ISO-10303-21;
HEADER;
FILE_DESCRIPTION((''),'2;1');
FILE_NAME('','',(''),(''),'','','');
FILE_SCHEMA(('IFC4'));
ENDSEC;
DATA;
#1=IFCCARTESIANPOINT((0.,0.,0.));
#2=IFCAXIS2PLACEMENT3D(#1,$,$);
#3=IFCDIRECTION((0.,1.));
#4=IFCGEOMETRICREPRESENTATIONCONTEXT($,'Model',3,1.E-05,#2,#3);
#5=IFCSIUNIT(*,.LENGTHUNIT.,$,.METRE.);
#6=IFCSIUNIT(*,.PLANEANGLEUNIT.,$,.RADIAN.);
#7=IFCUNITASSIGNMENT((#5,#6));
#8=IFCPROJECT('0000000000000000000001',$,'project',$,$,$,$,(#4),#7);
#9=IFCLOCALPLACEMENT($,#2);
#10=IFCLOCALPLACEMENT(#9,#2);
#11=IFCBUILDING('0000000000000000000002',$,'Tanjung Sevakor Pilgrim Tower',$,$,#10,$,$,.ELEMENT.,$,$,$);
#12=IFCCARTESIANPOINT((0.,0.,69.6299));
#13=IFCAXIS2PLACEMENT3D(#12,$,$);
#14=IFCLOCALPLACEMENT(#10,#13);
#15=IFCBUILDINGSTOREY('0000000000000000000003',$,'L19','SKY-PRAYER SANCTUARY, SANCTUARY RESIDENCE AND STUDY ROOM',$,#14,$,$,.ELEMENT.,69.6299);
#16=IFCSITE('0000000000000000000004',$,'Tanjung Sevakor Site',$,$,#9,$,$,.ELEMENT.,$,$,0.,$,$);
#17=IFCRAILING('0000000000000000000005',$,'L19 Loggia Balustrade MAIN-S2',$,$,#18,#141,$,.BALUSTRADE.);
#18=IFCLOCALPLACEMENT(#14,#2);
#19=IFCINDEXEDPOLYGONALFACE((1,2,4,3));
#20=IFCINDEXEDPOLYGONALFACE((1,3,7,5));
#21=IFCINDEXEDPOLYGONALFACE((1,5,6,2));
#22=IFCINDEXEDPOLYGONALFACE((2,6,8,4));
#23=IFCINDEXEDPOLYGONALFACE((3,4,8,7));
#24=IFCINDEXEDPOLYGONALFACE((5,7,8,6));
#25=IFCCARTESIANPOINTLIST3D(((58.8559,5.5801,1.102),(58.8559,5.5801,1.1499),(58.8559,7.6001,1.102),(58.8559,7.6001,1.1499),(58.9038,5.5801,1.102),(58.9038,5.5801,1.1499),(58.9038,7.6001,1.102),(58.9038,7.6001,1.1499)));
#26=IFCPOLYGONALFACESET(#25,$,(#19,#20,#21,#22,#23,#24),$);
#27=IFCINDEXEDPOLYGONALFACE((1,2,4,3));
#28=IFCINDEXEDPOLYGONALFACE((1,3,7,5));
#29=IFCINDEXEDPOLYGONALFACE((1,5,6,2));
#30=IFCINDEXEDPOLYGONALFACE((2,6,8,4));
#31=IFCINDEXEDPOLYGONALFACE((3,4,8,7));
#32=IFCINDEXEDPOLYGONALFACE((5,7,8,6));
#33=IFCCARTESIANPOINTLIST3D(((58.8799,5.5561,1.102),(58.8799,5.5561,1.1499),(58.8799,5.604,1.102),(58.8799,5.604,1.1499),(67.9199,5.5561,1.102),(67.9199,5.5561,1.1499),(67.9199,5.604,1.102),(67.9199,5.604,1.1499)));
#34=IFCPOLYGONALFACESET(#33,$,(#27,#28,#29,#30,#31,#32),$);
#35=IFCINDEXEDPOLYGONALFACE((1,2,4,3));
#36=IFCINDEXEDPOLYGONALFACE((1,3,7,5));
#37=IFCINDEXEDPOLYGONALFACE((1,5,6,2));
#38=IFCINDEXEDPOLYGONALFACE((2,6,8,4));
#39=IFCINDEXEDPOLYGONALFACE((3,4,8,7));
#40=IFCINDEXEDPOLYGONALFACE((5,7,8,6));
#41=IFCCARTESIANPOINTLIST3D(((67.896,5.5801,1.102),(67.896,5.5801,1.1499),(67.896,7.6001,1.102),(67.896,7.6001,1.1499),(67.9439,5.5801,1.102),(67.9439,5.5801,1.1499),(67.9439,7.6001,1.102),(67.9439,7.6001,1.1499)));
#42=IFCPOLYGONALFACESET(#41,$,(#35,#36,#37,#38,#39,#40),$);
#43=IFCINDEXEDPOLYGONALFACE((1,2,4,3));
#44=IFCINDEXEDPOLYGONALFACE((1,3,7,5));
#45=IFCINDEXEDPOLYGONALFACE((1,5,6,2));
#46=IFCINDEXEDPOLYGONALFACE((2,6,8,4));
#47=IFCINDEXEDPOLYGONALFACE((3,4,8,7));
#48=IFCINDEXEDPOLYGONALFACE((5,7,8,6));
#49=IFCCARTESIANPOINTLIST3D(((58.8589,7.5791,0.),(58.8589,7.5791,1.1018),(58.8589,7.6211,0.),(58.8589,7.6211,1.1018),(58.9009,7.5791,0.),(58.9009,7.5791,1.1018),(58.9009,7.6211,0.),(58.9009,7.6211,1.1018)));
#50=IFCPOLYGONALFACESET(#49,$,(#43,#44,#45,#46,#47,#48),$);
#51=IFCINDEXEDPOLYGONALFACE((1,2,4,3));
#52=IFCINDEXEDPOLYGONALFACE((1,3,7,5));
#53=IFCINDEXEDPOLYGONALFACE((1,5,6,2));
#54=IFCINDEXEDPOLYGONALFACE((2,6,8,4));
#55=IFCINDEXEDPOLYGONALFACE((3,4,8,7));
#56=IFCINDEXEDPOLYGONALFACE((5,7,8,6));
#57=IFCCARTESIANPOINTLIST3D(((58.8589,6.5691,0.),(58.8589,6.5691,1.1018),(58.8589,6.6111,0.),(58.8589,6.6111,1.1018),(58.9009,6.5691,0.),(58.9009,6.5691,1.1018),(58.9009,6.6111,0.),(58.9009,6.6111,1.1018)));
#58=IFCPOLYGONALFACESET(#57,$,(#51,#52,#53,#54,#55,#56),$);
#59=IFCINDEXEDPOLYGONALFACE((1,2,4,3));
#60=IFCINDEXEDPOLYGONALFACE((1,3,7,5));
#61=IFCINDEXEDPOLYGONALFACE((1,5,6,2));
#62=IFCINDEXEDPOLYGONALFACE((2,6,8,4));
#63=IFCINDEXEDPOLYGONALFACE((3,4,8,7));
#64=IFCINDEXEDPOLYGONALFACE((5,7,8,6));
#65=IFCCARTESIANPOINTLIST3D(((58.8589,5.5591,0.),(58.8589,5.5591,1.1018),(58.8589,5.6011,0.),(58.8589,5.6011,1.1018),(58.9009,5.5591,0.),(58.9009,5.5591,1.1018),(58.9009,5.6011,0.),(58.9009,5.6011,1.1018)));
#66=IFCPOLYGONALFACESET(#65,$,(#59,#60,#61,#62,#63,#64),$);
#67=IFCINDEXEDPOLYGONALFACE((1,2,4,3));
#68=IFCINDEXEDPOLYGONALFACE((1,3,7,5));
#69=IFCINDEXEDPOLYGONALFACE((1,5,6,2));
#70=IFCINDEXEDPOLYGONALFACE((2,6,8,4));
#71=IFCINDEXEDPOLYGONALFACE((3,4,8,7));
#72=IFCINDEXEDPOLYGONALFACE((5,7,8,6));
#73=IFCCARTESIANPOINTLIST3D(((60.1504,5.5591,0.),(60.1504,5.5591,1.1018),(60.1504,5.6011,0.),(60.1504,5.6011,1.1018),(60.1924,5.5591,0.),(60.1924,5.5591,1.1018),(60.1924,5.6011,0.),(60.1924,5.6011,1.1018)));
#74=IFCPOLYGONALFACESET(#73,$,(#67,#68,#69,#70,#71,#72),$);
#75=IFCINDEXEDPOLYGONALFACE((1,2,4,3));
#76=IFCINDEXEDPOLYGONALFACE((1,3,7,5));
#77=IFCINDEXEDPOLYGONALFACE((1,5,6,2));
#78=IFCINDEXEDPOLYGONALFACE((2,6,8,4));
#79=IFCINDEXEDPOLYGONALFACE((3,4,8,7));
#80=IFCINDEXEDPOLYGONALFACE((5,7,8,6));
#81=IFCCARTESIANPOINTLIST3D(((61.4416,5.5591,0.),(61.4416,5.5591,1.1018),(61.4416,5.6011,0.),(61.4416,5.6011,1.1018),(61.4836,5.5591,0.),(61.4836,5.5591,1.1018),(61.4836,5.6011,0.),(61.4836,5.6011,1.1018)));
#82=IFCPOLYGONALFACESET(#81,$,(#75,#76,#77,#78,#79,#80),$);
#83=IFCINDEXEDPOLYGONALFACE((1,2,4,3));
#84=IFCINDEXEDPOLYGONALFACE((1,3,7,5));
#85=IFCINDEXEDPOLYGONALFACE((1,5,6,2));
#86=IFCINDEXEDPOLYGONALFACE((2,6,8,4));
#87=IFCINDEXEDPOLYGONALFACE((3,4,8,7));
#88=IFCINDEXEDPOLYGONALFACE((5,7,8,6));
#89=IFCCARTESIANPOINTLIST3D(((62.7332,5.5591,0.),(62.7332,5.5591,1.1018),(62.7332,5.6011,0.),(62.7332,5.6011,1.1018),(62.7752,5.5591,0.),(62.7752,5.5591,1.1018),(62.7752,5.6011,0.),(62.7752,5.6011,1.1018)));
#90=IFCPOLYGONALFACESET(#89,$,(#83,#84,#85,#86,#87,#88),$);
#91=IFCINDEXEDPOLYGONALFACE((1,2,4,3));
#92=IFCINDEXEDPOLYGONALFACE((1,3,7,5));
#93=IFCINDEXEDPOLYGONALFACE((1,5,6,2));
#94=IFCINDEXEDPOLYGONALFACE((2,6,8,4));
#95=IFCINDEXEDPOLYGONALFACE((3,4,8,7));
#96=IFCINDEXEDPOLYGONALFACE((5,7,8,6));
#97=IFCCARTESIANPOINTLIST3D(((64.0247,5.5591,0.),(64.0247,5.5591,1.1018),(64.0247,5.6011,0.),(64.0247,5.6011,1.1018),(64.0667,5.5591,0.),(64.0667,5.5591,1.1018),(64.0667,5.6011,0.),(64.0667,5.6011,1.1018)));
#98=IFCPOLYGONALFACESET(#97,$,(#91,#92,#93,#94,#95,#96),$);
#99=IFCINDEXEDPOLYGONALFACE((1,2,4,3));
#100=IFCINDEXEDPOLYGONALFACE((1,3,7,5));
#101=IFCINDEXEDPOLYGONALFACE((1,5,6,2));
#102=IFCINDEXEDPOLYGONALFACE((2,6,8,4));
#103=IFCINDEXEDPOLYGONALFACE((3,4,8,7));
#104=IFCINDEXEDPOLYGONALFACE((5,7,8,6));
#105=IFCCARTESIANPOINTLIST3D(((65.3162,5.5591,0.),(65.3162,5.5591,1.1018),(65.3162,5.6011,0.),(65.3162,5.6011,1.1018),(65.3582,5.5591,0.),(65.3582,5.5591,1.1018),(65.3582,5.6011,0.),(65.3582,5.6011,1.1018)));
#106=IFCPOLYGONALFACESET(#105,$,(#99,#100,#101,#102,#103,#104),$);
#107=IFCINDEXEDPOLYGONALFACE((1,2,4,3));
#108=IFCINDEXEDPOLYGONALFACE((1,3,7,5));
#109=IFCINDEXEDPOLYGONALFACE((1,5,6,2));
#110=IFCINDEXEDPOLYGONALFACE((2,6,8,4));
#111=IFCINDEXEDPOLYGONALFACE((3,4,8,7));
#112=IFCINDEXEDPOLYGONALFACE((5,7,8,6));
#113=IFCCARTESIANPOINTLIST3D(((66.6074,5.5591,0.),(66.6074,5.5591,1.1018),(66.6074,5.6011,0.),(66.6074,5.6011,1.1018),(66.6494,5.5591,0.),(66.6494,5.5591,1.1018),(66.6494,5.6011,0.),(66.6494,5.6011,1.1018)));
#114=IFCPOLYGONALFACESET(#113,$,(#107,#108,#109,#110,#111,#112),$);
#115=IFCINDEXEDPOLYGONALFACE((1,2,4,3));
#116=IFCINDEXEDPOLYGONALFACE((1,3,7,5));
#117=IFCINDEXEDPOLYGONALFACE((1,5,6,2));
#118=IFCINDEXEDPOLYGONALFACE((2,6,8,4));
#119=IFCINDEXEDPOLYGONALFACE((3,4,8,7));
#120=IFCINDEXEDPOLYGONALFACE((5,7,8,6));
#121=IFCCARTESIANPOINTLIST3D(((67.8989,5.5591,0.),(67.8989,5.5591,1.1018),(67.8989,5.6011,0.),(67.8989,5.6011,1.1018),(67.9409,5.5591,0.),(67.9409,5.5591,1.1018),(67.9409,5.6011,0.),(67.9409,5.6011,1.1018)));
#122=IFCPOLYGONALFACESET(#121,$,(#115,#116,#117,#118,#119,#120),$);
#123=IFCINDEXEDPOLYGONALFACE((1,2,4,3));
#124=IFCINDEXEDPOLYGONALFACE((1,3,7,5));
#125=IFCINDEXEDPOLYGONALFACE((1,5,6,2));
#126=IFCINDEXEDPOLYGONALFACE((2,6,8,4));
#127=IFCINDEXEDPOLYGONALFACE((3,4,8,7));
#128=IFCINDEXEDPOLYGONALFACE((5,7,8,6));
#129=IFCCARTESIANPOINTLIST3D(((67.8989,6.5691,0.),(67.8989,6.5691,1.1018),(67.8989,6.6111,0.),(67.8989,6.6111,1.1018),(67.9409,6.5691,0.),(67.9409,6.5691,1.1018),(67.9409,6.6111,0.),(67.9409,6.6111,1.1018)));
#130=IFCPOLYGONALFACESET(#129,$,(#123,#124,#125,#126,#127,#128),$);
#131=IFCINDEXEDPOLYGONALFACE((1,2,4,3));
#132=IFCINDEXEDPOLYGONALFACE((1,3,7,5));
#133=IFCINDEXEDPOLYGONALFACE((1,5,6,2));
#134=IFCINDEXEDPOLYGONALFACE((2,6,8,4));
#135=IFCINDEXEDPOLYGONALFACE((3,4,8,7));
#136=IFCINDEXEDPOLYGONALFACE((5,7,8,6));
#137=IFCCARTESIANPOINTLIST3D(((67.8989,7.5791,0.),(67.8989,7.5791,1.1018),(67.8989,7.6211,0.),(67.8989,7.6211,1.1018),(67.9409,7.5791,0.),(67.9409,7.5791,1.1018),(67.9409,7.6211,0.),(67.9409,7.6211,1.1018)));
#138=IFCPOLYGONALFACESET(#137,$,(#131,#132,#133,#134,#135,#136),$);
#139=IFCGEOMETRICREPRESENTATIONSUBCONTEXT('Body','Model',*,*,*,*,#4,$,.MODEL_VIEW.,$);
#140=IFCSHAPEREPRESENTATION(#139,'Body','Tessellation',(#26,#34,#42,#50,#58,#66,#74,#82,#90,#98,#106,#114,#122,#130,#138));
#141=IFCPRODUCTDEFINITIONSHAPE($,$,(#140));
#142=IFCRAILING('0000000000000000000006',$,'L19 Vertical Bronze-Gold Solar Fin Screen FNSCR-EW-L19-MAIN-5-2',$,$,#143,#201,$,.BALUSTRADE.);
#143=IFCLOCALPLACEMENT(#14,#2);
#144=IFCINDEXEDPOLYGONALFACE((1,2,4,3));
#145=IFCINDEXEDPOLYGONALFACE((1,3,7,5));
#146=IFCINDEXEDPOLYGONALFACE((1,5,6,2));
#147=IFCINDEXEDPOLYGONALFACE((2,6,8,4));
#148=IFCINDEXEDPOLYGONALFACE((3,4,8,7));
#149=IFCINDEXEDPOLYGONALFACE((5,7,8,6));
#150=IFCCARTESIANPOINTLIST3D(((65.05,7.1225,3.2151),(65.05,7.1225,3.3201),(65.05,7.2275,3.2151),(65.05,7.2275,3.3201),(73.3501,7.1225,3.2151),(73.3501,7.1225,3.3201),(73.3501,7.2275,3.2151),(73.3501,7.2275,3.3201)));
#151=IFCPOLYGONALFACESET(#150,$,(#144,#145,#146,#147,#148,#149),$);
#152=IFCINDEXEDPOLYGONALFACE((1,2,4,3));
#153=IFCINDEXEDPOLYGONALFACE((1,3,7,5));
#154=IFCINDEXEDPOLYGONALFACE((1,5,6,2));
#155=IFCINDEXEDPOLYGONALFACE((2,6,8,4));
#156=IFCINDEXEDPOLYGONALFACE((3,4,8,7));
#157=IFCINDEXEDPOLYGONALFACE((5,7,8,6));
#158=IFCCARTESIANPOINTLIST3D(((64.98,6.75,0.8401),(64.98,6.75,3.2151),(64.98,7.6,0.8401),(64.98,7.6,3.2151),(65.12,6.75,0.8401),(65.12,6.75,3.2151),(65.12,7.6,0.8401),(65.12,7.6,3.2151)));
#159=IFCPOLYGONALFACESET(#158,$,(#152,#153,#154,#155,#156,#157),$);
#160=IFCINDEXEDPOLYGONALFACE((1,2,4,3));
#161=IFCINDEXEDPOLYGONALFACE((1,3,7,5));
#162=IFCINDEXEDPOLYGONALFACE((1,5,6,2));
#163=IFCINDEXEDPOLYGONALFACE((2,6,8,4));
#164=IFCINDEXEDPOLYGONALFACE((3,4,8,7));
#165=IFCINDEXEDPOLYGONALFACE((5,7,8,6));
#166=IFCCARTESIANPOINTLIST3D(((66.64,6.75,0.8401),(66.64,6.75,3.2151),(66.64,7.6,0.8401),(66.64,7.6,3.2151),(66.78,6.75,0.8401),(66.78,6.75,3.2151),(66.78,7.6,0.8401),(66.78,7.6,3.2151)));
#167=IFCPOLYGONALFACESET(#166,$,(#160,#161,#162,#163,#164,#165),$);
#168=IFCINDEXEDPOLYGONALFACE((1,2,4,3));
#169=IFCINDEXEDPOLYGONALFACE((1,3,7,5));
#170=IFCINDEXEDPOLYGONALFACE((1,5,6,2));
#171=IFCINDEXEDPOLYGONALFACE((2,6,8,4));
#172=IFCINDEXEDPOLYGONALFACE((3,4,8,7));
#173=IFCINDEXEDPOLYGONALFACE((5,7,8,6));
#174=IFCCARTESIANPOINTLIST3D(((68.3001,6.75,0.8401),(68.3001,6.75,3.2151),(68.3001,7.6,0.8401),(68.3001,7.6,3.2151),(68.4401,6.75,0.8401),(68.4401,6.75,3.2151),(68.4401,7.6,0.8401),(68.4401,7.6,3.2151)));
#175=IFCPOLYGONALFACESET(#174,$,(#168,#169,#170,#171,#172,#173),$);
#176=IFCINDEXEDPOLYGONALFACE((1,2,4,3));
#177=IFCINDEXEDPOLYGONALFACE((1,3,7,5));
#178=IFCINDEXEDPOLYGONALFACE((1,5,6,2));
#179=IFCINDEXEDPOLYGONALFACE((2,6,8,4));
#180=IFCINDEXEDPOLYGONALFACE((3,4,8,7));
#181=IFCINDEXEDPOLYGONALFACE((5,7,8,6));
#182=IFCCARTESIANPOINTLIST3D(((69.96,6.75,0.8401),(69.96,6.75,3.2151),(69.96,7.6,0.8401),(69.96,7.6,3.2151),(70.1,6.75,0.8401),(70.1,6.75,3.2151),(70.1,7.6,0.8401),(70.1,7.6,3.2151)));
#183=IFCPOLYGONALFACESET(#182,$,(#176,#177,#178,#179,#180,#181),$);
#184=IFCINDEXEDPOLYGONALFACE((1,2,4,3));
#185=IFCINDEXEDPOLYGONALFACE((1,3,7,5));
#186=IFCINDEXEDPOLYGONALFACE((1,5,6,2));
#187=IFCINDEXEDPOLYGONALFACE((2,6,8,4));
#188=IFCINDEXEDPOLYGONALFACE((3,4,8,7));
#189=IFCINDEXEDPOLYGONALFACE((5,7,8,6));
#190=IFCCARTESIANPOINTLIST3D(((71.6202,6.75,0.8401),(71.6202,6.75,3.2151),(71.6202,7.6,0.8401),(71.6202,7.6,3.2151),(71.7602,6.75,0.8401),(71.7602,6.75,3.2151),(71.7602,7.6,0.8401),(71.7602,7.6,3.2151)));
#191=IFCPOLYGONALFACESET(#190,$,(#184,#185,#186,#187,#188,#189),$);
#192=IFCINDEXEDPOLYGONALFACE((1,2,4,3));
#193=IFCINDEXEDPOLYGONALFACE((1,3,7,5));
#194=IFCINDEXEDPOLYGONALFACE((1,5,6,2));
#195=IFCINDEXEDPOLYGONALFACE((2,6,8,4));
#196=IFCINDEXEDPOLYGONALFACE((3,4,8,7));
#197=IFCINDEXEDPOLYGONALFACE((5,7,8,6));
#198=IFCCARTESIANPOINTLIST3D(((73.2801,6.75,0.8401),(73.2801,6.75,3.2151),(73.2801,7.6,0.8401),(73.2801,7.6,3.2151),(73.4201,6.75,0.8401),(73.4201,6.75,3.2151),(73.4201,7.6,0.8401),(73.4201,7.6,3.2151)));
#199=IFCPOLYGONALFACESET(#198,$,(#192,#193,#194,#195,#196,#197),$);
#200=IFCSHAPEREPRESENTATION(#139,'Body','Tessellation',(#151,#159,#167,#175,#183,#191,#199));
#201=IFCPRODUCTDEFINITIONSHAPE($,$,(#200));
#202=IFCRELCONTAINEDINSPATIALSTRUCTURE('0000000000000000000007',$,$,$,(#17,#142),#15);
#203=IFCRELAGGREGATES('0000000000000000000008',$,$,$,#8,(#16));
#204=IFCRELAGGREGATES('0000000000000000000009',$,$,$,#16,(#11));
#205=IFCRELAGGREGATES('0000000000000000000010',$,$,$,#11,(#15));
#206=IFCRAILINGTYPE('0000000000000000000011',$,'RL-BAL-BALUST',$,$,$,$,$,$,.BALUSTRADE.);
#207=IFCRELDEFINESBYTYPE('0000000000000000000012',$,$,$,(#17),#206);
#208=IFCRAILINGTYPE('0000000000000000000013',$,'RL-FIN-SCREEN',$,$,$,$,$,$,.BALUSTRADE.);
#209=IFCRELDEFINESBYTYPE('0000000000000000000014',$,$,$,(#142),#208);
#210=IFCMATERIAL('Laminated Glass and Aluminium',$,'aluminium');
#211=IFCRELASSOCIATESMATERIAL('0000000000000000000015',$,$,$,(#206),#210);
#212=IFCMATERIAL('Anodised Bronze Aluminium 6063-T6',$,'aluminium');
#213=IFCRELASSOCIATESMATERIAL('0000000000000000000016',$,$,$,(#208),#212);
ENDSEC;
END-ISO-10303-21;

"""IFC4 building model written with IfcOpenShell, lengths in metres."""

from ifc_helpers import new_model, si_unit, direction, frame, origin, place, context, subcontext, project, spatial, rectangle, extrude, material, type_object, element, save


model = new_model("IFC4")

# Units and contexts
model_context = context("Model", 3, precision=1e-05, world=origin(), true_north=direction((0.0, 1.0)))
body_context = subcontext(model_context, "Body", "Model", "MODEL_VIEW")
ifc_project = project(units=[si_unit("LENGTHUNIT", "METRE"), si_unit("PLANEANGLEUNIT", "RADIAN")], contexts=[model_context])

# Site, building, storey
site_placement = place(None, origin())
site = spatial("IfcSite", under=ifc_project, at=site_placement, Name="Tanjung Sevakor Site", CompositionType="ELEMENT", RefElevation=0.0)
building_placement = place(site_placement, origin())
building = spatial("IfcBuilding", under=site, at=building_placement, Name="Tanjung Sevakor Pilgrim Tower", CompositionType="ELEMENT")
storey_placement = place(building_placement, frame((0.0, 0.0, 69.6299)))
storey = spatial("IfcBuildingStorey", under=building, at=storey_placement, Name="L19", Description="SKY-PRAYER SANCTUARY, SANCTUARY RESIDENCE AND STUDY ROOM", CompositionType="ELEMENT", Elevation=69.6299)

# Railings
ifc_material_1 = material(Name="Laminated Glass and Aluminium", Category="aluminium")
railing_type_1 = type_object("IfcRailingType", Name="RL-BAL-BALUST", PredefinedType="BALUSTRADE", material=ifc_material_1)
railing_1_placement = place(storey_placement, frame((58.8799, 7.6001, 0.0)))
element("IfcRailing", 1, at=railing_1_placement, inside=storey, type_object=railing_type_1, Name="L19 Loggia Balustrade MAIN-S2", PredefinedType="BALUSTRADE", context=body_context, shape_type="SweptSolid", body=[
    extrude(rectangle(XDim=0.0479, YDim=0.0479), frame((0.0, 0.0, 1.126), z_axis=(0.0, -1.0, 0.0), x_axis=(1.0, 0.0, 0.0)), (0.0, 0.0, 1.0), 2.02),
    extrude(rectangle(XDim=0.0479, YDim=0.0479), frame((0.0, -2.02, 1.126), z_axis=(1.0, 0.0, 0.0), x_axis=(0.0, 1.0, 0.0)), (0.0, 0.0, 1.0), 9.04),
    extrude(rectangle(XDim=0.0479, YDim=0.0479), frame((9.04, -2.02, 1.126), z_axis=(0.0, 1.0, 0.0), x_axis=(-1.0, 0.0, 0.0)), (0.0, 0.0, 1.0), 2.02),
    extrude(rectangle(XDim=0.042, YDim=0.042), origin(), (0.0, 0.0, 1.0), 1.1018),
    extrude(rectangle(XDim=0.042, YDim=0.042), frame((0.0, -1.01, 0.0)), (0.0, 0.0, 1.0), 1.1018),
    extrude(rectangle(XDim=0.042, YDim=0.042), frame((0.0, -2.02, 0.0)), (0.0, 0.0, 1.0), 1.1018),
    extrude(rectangle(XDim=0.042, YDim=0.042), frame((1.2915, -2.02, 0.0)), (0.0, 0.0, 1.0), 1.1018),
    extrude(rectangle(XDim=0.042, YDim=0.042), frame((2.5828, -2.02, 0.0)), (0.0, 0.0, 1.0), 1.1018),
    extrude(rectangle(XDim=0.042, YDim=0.042), frame((3.8743, -2.02, 0.0)), (0.0, 0.0, 1.0), 1.1018),
    extrude(rectangle(XDim=0.042, YDim=0.042), frame((5.1658, -2.02, 0.0)), (0.0, 0.0, 1.0), 1.1018),
    extrude(rectangle(XDim=0.042, YDim=0.042), frame((6.4573, -2.02, 0.0)), (0.0, 0.0, 1.0), 1.1018),
    extrude(rectangle(XDim=0.042, YDim=0.042), frame((7.7485, -2.02, 0.0)), (0.0, 0.0, 1.0), 1.1018),
    extrude(rectangle(XDim=0.042, YDim=0.042), frame((9.04, -2.02, 0.0)), (0.0, 0.0, 1.0), 1.1018),
    extrude(rectangle(XDim=0.042, YDim=0.042), frame((9.04, -1.01, 0.0)), (0.0, 0.0, 1.0), 1.1018),
    extrude(rectangle(XDim=0.042, YDim=0.042), frame((9.04, 0.0, 0.0)), (0.0, 0.0, 1.0), 1.1018),
])
ifc_material_2 = material(Name="Anodised Bronze Aluminium 6063-T6", Category="aluminium")
railing_type_2 = type_object("IfcRailingType", Name="RL-FIN-SCREEN", PredefinedType="BALUSTRADE", material=ifc_material_2)
railing_2_placement = place(storey_placement, frame((65.05, 7.175, 0.8401)))
element("IfcRailing", 2, at=railing_2_placement, inside=storey, type_object=railing_type_2, Name="L19 Vertical Bronze-Gold Solar Fin Screen FNSCR-EW-L19-MAIN-5-2", PredefinedType="BALUSTRADE", context=body_context, shape_type="SweptSolid", body=[
    extrude(rectangle(XDim=0.105, YDim=0.105), frame((0.0, 0.0, 2.4275), z_axis=(1.0, 0.0, 0.0), x_axis=(0.0, 1.0, 0.0)), (0.0, 0.0, 1.0), 8.3),
    extrude(rectangle(XDim=0.14, YDim=0.85), origin(), (0.0, 0.0, 1.0), 2.375),
    extrude(rectangle(XDim=0.14, YDim=0.85), frame((1.6599, 0.0, 0.0)), (0.0, 0.0, 1.0), 2.375),
    extrude(rectangle(XDim=0.14, YDim=0.85), frame((3.3201, 0.0, 0.0)), (0.0, 0.0, 1.0), 2.375),
    extrude(rectangle(XDim=0.14, YDim=0.85), frame((4.98, 0.0, 0.0)), (0.0, 0.0, 1.0), 2.375),
    extrude(rectangle(XDim=0.14, YDim=0.85), frame((6.6401, 0.0, 0.0)), (0.0, 0.0, 1.0), 2.375),
    extrude(rectangle(XDim=0.14, YDim=0.85), frame((8.3, 0.0, 0.0)), (0.0, 0.0, 1.0), 2.375),
])

save(model, "model.ifc")
